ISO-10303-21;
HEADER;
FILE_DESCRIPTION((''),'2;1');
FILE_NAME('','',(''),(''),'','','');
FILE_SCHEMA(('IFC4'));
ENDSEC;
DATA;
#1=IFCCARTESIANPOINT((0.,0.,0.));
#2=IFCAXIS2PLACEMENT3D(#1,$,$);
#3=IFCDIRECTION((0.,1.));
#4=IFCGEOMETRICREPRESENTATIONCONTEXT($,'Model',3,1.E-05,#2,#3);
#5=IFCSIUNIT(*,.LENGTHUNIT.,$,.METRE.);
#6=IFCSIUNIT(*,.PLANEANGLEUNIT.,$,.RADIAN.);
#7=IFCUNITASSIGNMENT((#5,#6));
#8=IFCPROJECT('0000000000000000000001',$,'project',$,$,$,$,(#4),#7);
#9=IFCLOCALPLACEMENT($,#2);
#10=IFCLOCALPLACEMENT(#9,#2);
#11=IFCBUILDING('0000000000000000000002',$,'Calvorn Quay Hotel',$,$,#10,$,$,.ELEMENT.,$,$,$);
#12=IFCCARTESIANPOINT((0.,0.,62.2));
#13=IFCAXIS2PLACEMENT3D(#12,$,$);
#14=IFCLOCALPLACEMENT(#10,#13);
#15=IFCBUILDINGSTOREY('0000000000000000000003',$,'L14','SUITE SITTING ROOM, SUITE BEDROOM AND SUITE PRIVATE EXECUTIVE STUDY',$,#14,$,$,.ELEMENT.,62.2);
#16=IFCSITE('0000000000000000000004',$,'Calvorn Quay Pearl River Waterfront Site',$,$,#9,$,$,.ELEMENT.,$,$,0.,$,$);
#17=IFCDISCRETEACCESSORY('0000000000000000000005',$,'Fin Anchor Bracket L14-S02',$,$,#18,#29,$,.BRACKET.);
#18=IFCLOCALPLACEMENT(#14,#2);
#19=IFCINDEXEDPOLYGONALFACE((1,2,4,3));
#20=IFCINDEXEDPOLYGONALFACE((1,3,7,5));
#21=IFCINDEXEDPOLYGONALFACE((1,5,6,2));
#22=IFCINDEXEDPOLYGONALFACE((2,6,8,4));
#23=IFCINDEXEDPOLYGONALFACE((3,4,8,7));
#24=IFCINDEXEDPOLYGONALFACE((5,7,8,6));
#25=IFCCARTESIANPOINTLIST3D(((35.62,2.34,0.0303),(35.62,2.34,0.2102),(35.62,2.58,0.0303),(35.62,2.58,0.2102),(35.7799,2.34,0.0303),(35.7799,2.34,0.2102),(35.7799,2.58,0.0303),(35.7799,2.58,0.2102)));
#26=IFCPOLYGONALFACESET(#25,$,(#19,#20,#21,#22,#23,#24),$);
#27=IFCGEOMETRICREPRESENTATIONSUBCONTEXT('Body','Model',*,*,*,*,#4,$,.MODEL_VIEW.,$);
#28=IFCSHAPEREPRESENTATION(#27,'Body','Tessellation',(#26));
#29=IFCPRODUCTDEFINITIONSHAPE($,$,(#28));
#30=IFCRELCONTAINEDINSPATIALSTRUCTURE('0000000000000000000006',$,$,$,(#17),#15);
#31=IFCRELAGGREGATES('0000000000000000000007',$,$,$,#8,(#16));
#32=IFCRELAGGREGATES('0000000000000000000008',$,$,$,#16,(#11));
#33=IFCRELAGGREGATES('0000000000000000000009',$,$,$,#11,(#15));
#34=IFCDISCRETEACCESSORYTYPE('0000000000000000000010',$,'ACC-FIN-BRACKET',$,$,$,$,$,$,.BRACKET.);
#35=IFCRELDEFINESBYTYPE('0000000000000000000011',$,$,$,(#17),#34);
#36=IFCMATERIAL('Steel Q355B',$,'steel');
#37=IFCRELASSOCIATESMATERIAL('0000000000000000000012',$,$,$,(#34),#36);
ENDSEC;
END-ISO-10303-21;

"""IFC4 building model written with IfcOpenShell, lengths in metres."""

from ifc_helpers import new_model, si_unit, direction, frame, origin, origin_2d, place, context, subcontext, project, spatial, rectangle, extrude, material, type_object, element, save


model = new_model("IFC4")

# Units and contexts
model_context = context("Model", 3, precision=1e-05, world=origin(), true_north=direction((0.0, 1.0)))
body_context = subcontext(model_context, "Body", "Model", "MODEL_VIEW")
ifc_project = project(units=[si_unit("LENGTHUNIT", "METRE"), si_unit("PLANEANGLEUNIT", "RADIAN")], contexts=[model_context])

# Site, building, storey
site_placement = place(None, origin())
site = spatial("IfcSite", under=ifc_project, at=site_placement, Name="Calvorn Quay Pearl River Waterfront Site", CompositionType="ELEMENT", RefElevation=0.0)
building_placement = place(site_placement, origin())
building = spatial("IfcBuilding", under=site, at=building_placement, Name="Calvorn Quay Hotel", CompositionType="ELEMENT")
storey_placement = place(building_placement, frame((0.0, 0.0, 62.2)))
storey = spatial("IfcBuildingStorey", under=building, at=storey_placement, Name="L14", Description="SUITE SITTING ROOM, SUITE BEDROOM AND SUITE PRIVATE EXECUTIVE STUDY", CompositionType="ELEMENT", Elevation=62.2)

# Discrete accessory
ifc_material_1 = material(Name="Steel Q355B", Category="steel")
discrete_accessory_type = type_object("IfcDiscreteAccessoryType", Name="ACC-FIN-BRACKET", PredefinedType="BRACKET", material=ifc_material_1)
discrete_accessory_placement = place(storey_placement, frame((35.7, 2.46, 0.0303), z_axis=(0.0, 0.0, 1.0), x_axis=(0.0, 1.0, 0.0)))
element("IfcDiscreteAccessory", 1, at=discrete_accessory_placement, inside=storey, type_object=discrete_accessory_type, Name="Fin Anchor Bracket L14-S02", PredefinedType="BRACKET", context=body_context, shape_type="SweptSolid", body=[
    extrude(rectangle(XDim=0.24, YDim=0.1599, at=origin_2d()), origin(), (0.0, 0.0, 1.0), 0.1799),
])

save(model, "model.ifc")
